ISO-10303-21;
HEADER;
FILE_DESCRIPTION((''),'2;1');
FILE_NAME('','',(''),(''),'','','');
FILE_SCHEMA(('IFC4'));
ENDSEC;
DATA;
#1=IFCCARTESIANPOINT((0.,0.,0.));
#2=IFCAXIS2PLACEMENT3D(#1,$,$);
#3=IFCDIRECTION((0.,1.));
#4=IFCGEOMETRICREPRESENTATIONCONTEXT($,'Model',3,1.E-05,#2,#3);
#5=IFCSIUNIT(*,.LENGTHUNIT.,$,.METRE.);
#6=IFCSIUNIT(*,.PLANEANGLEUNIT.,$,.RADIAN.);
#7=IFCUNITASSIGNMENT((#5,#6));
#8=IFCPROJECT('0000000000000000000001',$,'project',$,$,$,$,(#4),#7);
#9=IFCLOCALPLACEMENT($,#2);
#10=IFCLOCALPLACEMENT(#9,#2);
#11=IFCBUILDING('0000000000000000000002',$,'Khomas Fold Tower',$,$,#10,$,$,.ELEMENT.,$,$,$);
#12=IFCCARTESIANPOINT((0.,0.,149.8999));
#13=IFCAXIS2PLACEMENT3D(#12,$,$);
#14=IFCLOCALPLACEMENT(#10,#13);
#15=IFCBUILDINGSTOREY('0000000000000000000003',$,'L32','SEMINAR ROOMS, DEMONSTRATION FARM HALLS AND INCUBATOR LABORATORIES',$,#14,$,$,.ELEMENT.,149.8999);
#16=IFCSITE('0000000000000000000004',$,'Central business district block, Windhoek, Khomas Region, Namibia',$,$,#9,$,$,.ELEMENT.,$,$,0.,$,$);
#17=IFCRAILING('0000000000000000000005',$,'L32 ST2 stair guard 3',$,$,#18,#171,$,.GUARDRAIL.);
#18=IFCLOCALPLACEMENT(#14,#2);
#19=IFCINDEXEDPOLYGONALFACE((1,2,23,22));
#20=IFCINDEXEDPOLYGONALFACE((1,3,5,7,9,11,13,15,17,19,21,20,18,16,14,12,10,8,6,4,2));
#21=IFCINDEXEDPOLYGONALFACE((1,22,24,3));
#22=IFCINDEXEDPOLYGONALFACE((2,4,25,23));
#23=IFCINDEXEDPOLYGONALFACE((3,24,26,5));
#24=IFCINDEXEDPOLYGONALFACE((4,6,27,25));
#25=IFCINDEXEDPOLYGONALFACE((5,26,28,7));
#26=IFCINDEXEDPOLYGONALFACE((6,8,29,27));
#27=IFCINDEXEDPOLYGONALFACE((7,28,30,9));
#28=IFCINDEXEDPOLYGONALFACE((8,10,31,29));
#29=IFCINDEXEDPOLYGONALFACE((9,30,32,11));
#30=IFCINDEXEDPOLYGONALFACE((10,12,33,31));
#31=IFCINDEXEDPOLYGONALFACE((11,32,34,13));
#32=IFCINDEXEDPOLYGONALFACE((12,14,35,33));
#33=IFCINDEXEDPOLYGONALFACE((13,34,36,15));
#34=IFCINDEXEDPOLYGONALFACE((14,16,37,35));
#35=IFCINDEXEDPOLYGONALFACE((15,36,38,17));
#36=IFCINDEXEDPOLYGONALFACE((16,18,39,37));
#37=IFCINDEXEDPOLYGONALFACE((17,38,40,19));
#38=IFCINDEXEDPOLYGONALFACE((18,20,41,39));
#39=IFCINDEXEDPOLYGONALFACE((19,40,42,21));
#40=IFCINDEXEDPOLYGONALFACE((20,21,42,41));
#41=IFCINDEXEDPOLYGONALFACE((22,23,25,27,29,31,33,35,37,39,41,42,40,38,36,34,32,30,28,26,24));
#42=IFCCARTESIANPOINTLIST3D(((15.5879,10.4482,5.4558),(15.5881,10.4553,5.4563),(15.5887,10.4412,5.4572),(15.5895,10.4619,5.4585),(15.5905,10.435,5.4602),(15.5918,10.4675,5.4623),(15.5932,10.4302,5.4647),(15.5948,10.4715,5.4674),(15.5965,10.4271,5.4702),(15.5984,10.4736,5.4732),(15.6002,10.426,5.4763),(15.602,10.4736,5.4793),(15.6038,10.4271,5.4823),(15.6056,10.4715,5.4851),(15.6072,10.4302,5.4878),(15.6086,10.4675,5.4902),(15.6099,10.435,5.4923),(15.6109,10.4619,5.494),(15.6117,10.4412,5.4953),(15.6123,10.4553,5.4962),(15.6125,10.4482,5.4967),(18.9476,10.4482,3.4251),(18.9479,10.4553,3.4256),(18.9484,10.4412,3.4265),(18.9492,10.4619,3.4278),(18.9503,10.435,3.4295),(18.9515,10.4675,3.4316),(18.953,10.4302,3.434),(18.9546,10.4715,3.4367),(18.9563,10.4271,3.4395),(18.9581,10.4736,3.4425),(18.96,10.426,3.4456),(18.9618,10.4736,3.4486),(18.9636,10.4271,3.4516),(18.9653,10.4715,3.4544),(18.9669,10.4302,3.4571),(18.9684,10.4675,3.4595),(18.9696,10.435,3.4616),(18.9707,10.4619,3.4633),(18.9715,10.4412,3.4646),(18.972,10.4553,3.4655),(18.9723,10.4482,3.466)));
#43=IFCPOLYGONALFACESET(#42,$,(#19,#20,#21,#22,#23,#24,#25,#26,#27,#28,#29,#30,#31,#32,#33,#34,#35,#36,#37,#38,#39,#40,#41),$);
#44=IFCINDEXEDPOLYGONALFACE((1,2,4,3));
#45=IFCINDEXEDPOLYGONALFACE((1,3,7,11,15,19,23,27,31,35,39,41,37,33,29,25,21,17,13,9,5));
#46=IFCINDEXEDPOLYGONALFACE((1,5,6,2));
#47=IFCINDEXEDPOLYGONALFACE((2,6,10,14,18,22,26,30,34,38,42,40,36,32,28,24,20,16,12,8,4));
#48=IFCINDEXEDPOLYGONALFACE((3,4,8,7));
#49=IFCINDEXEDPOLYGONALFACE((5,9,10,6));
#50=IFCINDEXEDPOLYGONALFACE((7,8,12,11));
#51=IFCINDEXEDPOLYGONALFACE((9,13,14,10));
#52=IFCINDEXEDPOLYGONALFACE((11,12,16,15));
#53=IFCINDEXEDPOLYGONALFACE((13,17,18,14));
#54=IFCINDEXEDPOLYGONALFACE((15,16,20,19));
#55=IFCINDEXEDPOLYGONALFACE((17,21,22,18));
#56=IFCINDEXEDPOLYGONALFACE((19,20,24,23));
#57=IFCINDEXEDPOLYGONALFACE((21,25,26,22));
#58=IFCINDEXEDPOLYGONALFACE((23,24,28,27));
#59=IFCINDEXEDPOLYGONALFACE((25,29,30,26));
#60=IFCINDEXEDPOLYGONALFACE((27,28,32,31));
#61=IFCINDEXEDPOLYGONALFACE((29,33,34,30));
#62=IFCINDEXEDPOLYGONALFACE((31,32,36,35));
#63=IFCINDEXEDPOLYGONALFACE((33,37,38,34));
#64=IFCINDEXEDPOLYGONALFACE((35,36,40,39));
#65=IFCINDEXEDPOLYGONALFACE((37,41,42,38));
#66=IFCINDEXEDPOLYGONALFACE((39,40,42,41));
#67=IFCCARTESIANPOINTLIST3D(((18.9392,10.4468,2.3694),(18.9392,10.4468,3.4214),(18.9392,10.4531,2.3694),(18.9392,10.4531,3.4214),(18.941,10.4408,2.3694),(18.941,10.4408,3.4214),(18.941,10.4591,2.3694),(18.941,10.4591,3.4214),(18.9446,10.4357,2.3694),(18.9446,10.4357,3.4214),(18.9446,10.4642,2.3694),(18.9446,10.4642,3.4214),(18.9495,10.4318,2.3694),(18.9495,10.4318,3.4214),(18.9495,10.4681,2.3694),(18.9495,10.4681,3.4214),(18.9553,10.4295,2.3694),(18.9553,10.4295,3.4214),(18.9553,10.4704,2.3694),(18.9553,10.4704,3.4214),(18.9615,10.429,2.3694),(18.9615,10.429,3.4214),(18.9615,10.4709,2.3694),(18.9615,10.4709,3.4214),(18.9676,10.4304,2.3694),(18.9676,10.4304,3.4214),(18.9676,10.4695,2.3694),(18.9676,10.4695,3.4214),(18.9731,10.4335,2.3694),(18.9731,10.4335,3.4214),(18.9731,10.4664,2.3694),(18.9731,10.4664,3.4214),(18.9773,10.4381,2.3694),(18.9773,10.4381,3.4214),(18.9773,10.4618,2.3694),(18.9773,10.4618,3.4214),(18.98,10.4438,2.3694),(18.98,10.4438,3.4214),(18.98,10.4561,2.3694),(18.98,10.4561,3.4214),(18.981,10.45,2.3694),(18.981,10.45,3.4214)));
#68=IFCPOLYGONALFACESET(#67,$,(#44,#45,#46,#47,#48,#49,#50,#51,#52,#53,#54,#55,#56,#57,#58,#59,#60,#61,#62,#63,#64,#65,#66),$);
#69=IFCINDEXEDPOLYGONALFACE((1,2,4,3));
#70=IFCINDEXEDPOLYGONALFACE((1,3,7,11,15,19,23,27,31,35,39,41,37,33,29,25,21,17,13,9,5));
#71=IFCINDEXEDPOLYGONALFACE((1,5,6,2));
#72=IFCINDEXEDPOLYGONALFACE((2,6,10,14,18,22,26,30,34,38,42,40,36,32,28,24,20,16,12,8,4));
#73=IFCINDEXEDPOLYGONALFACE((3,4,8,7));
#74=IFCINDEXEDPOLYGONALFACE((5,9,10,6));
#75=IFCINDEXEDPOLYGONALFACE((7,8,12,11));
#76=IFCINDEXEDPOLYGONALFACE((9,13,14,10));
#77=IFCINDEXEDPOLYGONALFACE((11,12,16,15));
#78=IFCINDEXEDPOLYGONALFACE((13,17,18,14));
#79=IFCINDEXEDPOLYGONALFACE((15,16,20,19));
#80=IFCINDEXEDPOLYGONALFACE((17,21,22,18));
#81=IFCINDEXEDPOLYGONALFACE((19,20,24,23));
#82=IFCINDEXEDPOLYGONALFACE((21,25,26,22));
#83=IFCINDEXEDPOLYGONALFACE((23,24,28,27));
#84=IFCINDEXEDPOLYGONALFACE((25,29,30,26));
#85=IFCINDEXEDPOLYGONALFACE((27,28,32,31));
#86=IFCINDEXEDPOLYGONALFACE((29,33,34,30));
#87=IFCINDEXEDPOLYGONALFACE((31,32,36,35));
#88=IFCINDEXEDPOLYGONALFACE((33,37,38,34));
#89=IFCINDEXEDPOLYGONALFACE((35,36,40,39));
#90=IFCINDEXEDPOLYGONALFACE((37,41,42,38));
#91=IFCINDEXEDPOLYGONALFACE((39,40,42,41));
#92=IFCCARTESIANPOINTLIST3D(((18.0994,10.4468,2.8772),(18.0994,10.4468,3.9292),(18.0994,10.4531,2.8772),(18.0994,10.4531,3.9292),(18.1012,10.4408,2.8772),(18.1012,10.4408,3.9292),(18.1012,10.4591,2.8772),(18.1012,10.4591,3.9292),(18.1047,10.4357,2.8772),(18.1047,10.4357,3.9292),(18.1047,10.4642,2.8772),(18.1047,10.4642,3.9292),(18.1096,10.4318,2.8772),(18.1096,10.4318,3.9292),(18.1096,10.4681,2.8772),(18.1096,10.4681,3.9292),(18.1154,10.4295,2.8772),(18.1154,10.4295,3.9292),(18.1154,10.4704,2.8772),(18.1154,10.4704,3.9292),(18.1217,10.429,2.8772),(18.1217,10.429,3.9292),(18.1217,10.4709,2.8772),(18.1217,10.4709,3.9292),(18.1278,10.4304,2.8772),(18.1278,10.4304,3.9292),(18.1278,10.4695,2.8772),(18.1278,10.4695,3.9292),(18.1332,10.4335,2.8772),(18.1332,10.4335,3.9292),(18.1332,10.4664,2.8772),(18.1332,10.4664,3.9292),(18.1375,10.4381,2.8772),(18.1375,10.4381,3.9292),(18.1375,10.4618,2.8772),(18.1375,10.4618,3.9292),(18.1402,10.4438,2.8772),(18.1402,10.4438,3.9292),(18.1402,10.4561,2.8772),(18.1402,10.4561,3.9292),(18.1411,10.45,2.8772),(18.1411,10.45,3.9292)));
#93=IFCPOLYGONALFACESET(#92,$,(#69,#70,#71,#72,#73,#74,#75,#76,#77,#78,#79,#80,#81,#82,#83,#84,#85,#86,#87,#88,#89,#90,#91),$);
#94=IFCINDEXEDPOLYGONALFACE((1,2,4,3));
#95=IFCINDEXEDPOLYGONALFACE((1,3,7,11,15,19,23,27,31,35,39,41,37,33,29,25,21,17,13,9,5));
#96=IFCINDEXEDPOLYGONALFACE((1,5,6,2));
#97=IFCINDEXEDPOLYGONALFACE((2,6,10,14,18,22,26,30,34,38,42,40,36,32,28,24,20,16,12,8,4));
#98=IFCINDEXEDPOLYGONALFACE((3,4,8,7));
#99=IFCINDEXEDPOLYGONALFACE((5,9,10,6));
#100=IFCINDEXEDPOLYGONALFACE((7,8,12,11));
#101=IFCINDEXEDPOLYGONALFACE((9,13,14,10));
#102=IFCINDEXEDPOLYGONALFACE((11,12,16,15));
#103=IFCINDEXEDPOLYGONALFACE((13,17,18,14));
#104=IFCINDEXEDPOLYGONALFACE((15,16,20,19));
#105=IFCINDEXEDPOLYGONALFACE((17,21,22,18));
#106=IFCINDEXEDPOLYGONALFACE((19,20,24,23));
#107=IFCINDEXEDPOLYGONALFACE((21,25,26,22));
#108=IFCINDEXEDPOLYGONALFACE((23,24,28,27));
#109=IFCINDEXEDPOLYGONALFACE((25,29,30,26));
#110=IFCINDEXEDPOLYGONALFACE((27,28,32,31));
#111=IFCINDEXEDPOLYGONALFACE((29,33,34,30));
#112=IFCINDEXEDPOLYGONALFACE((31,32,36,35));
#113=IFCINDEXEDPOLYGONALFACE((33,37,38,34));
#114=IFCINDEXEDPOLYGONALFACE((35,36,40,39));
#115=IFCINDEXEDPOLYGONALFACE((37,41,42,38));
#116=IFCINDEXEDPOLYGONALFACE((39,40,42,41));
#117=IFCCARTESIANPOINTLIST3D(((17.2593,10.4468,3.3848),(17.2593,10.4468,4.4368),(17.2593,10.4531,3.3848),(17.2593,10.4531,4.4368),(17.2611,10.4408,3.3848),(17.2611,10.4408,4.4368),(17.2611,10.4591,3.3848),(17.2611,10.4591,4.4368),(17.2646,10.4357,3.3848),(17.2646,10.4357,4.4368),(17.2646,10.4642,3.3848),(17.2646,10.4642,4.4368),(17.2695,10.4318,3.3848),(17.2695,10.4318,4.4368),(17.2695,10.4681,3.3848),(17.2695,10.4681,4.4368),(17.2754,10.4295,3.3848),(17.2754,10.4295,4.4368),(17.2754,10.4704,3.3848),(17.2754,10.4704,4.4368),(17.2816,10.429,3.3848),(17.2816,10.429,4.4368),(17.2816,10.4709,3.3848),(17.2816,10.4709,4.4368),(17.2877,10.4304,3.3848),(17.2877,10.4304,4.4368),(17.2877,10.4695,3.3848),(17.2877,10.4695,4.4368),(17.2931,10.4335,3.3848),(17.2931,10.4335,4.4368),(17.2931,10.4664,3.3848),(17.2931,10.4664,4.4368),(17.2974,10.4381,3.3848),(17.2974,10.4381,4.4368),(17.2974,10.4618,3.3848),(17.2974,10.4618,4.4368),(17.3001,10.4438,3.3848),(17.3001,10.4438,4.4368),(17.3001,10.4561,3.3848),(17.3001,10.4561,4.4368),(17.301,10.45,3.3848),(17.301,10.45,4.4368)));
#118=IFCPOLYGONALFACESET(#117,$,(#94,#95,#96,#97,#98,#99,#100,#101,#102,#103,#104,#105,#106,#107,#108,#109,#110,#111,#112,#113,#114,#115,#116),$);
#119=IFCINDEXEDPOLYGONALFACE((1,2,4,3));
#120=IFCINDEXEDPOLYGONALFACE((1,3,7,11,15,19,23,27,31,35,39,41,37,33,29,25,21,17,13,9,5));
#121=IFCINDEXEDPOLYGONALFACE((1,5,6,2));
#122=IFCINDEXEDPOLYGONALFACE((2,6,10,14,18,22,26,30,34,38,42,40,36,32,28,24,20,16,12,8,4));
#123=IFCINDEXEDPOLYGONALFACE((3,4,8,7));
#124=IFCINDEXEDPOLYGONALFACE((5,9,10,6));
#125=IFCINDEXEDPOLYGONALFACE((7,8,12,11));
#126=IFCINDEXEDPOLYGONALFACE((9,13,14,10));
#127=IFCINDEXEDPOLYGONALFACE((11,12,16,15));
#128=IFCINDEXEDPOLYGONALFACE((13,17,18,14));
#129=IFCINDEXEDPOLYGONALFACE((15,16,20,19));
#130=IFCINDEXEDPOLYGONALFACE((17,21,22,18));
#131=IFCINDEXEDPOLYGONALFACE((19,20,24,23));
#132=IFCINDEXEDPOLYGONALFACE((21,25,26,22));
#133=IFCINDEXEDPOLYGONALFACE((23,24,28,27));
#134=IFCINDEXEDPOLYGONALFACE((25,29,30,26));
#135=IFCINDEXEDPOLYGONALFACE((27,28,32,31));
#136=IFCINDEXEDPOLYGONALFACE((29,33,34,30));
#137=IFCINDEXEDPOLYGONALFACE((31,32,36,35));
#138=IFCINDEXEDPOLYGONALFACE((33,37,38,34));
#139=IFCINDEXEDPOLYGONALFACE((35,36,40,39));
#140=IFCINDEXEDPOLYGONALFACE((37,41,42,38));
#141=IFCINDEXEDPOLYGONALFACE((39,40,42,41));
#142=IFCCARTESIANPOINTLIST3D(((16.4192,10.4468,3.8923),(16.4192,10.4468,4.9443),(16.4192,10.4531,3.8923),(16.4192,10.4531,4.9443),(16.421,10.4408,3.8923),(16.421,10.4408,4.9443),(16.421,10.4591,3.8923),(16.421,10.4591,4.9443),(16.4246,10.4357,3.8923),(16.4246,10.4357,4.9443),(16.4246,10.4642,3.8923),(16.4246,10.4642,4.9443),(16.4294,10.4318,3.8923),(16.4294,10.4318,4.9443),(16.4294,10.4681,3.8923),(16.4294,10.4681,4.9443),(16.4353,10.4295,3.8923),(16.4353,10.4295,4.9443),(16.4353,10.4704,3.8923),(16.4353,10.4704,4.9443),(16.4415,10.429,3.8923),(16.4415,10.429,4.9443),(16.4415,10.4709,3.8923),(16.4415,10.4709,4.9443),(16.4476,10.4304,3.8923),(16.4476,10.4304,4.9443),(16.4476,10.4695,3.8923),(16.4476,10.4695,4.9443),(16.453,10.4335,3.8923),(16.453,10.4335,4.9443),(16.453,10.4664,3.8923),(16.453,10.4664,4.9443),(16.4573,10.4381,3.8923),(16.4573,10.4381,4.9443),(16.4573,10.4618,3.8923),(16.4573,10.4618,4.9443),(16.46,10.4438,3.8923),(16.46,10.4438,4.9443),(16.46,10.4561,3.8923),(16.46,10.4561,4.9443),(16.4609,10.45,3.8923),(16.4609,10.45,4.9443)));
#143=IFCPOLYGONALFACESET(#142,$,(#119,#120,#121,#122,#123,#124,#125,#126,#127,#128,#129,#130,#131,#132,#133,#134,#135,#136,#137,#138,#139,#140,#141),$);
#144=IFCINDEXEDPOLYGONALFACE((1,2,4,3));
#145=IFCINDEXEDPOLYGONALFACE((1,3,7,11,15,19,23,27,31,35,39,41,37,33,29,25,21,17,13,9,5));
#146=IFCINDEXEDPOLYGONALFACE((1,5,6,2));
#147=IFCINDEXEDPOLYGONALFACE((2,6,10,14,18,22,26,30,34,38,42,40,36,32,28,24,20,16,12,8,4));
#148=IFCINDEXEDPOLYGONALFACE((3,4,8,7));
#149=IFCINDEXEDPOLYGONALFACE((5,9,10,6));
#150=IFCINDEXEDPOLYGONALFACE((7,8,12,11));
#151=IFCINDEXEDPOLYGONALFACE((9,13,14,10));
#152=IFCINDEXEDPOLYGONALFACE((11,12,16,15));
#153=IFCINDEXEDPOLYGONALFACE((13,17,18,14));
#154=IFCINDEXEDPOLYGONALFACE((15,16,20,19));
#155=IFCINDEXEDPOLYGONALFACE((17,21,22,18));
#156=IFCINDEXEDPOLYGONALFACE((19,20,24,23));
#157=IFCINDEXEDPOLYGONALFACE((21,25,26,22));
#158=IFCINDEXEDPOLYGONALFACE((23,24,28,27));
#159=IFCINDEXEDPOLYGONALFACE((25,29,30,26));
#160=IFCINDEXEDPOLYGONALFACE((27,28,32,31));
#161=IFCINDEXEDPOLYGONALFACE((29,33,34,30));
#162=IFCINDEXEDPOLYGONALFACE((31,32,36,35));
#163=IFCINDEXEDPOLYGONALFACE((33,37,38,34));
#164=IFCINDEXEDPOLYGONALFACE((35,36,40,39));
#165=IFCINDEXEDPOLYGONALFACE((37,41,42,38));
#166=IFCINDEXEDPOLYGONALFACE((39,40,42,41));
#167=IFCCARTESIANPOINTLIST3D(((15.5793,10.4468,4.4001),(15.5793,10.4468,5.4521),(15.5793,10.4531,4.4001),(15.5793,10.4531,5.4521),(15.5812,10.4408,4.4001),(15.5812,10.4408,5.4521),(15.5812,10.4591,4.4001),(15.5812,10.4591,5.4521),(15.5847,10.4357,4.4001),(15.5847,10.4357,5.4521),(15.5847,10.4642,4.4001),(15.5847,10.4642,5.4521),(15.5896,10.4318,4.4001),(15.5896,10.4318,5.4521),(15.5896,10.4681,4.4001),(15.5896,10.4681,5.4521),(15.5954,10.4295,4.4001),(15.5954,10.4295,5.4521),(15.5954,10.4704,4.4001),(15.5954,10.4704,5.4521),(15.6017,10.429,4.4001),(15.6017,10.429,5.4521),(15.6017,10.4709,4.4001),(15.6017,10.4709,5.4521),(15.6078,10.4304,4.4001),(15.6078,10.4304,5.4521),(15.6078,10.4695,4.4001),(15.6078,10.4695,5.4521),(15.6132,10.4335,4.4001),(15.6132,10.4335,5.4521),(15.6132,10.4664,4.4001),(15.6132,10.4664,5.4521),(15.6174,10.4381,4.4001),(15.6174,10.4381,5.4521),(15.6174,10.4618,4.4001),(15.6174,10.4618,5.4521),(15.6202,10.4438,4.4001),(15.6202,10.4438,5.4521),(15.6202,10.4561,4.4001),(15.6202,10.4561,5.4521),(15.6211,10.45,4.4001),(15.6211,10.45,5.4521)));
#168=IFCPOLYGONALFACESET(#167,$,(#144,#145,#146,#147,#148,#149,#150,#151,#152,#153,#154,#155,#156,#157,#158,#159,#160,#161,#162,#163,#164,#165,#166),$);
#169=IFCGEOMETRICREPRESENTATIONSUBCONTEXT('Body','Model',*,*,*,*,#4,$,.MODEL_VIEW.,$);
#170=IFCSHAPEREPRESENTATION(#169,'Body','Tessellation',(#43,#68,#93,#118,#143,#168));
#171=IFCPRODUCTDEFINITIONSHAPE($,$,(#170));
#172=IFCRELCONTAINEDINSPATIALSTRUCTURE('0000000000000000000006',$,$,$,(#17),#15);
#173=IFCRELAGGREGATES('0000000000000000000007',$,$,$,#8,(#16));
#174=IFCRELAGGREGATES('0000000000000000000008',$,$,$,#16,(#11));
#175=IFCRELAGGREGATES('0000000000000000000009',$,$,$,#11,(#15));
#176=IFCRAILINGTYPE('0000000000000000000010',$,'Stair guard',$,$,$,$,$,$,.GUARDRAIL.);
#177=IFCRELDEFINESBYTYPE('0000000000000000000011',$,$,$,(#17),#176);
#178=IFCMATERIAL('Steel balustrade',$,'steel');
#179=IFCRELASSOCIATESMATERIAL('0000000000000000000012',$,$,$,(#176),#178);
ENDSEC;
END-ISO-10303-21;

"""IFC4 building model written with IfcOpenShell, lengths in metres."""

from ifc_helpers import new_model, si_unit, direction, frame, origin, origin_2d, place, context, subcontext, project, spatial, circle, extrude, source, transform, mapped, material, type_object, element, save


model = new_model("IFC4")

# Units and contexts
model_context = context("Model", 3, precision=1e-05, world=origin(), true_north=direction((0.0, 1.0)))
body_context = subcontext(model_context, "Body", "Model", "MODEL_VIEW")
ifc_project = project(units=[si_unit("LENGTHUNIT", "METRE"), si_unit("PLANEANGLEUNIT", "RADIAN")], contexts=[model_context])

# Site, building, storey
site_placement = place(None, origin())
site = spatial("IfcSite", under=ifc_project, at=site_placement, Name="Central business district block, Windhoek, Khomas Region, Namibia", CompositionType="ELEMENT", RefElevation=0.0)
building_placement = place(site_placement, origin())
building = spatial("IfcBuilding", under=site, at=building_placement, Name="Khomas Fold Tower", CompositionType="ELEMENT")
storey_placement = place(building_placement, frame((0.0, 0.0, 149.8999)))
storey = spatial("IfcBuildingStorey", under=building, at=storey_placement, Name="L32", Description="SEMINAR ROOMS, DEMONSTRATION FARM HALLS AND INCUBATOR LABORATORIES", CompositionType="ELEMENT", Elevation=149.8999)

# Railing
ifc_material_1 = material(Name="Steel balustrade", Category="steel")
railing_type_1 = type_object("IfcRailingType", Name="Stair guard", PredefinedType="GUARDRAIL", material=ifc_material_1)
shared_shape_1 = source(origin(), body_context, "Body", "SweptSolid", [
    extrude(circle(Radius=0.0239, at=origin_2d()), frame((0.0, 0.0, 1.0762), z_axis=(-0.85582, 0.0, 0.517273), x_axis=(0.0, -1.0, 0.0)), (0.0, 0.0, 1.0), 3.9258),
    extrude(circle(Radius=0.021, at=origin_2d()), origin(), (0.0, 0.0, 1.0), 1.052),
    extrude(circle(Radius=0.021, at=origin_2d()), frame((-0.8398, 0.0, 0.5078)), (0.0, 0.0, 1.0), 1.052),
    extrude(circle(Radius=0.021, at=origin_2d()), frame((-1.6799, 0.0, 1.0154)), (0.0, 0.0, 1.0), 1.052),
    extrude(circle(Radius=0.021, at=origin_2d()), frame((-2.52, 0.0, 1.5229)), (0.0, 0.0, 1.0), 1.052),
    extrude(circle(Radius=0.021, at=origin_2d()), frame((-3.3599, 0.0, 2.0308)), (0.0, 0.0, 1.0), 1.052),
])
railing_1_placement = place(storey_placement, frame((18.96, 10.45, 2.3694)))
element("IfcRailing", 1, at=railing_1_placement, inside=storey, type_object=railing_type_1, Name="L32 ST2 stair guard 3", PredefinedType="GUARDRAIL", context=body_context, shape_type="MappedRepresentation", body=[
    mapped(shared_shape_1, transform((0.0, 0.0, 0.0))),
])

save(model, "model.ifc")
